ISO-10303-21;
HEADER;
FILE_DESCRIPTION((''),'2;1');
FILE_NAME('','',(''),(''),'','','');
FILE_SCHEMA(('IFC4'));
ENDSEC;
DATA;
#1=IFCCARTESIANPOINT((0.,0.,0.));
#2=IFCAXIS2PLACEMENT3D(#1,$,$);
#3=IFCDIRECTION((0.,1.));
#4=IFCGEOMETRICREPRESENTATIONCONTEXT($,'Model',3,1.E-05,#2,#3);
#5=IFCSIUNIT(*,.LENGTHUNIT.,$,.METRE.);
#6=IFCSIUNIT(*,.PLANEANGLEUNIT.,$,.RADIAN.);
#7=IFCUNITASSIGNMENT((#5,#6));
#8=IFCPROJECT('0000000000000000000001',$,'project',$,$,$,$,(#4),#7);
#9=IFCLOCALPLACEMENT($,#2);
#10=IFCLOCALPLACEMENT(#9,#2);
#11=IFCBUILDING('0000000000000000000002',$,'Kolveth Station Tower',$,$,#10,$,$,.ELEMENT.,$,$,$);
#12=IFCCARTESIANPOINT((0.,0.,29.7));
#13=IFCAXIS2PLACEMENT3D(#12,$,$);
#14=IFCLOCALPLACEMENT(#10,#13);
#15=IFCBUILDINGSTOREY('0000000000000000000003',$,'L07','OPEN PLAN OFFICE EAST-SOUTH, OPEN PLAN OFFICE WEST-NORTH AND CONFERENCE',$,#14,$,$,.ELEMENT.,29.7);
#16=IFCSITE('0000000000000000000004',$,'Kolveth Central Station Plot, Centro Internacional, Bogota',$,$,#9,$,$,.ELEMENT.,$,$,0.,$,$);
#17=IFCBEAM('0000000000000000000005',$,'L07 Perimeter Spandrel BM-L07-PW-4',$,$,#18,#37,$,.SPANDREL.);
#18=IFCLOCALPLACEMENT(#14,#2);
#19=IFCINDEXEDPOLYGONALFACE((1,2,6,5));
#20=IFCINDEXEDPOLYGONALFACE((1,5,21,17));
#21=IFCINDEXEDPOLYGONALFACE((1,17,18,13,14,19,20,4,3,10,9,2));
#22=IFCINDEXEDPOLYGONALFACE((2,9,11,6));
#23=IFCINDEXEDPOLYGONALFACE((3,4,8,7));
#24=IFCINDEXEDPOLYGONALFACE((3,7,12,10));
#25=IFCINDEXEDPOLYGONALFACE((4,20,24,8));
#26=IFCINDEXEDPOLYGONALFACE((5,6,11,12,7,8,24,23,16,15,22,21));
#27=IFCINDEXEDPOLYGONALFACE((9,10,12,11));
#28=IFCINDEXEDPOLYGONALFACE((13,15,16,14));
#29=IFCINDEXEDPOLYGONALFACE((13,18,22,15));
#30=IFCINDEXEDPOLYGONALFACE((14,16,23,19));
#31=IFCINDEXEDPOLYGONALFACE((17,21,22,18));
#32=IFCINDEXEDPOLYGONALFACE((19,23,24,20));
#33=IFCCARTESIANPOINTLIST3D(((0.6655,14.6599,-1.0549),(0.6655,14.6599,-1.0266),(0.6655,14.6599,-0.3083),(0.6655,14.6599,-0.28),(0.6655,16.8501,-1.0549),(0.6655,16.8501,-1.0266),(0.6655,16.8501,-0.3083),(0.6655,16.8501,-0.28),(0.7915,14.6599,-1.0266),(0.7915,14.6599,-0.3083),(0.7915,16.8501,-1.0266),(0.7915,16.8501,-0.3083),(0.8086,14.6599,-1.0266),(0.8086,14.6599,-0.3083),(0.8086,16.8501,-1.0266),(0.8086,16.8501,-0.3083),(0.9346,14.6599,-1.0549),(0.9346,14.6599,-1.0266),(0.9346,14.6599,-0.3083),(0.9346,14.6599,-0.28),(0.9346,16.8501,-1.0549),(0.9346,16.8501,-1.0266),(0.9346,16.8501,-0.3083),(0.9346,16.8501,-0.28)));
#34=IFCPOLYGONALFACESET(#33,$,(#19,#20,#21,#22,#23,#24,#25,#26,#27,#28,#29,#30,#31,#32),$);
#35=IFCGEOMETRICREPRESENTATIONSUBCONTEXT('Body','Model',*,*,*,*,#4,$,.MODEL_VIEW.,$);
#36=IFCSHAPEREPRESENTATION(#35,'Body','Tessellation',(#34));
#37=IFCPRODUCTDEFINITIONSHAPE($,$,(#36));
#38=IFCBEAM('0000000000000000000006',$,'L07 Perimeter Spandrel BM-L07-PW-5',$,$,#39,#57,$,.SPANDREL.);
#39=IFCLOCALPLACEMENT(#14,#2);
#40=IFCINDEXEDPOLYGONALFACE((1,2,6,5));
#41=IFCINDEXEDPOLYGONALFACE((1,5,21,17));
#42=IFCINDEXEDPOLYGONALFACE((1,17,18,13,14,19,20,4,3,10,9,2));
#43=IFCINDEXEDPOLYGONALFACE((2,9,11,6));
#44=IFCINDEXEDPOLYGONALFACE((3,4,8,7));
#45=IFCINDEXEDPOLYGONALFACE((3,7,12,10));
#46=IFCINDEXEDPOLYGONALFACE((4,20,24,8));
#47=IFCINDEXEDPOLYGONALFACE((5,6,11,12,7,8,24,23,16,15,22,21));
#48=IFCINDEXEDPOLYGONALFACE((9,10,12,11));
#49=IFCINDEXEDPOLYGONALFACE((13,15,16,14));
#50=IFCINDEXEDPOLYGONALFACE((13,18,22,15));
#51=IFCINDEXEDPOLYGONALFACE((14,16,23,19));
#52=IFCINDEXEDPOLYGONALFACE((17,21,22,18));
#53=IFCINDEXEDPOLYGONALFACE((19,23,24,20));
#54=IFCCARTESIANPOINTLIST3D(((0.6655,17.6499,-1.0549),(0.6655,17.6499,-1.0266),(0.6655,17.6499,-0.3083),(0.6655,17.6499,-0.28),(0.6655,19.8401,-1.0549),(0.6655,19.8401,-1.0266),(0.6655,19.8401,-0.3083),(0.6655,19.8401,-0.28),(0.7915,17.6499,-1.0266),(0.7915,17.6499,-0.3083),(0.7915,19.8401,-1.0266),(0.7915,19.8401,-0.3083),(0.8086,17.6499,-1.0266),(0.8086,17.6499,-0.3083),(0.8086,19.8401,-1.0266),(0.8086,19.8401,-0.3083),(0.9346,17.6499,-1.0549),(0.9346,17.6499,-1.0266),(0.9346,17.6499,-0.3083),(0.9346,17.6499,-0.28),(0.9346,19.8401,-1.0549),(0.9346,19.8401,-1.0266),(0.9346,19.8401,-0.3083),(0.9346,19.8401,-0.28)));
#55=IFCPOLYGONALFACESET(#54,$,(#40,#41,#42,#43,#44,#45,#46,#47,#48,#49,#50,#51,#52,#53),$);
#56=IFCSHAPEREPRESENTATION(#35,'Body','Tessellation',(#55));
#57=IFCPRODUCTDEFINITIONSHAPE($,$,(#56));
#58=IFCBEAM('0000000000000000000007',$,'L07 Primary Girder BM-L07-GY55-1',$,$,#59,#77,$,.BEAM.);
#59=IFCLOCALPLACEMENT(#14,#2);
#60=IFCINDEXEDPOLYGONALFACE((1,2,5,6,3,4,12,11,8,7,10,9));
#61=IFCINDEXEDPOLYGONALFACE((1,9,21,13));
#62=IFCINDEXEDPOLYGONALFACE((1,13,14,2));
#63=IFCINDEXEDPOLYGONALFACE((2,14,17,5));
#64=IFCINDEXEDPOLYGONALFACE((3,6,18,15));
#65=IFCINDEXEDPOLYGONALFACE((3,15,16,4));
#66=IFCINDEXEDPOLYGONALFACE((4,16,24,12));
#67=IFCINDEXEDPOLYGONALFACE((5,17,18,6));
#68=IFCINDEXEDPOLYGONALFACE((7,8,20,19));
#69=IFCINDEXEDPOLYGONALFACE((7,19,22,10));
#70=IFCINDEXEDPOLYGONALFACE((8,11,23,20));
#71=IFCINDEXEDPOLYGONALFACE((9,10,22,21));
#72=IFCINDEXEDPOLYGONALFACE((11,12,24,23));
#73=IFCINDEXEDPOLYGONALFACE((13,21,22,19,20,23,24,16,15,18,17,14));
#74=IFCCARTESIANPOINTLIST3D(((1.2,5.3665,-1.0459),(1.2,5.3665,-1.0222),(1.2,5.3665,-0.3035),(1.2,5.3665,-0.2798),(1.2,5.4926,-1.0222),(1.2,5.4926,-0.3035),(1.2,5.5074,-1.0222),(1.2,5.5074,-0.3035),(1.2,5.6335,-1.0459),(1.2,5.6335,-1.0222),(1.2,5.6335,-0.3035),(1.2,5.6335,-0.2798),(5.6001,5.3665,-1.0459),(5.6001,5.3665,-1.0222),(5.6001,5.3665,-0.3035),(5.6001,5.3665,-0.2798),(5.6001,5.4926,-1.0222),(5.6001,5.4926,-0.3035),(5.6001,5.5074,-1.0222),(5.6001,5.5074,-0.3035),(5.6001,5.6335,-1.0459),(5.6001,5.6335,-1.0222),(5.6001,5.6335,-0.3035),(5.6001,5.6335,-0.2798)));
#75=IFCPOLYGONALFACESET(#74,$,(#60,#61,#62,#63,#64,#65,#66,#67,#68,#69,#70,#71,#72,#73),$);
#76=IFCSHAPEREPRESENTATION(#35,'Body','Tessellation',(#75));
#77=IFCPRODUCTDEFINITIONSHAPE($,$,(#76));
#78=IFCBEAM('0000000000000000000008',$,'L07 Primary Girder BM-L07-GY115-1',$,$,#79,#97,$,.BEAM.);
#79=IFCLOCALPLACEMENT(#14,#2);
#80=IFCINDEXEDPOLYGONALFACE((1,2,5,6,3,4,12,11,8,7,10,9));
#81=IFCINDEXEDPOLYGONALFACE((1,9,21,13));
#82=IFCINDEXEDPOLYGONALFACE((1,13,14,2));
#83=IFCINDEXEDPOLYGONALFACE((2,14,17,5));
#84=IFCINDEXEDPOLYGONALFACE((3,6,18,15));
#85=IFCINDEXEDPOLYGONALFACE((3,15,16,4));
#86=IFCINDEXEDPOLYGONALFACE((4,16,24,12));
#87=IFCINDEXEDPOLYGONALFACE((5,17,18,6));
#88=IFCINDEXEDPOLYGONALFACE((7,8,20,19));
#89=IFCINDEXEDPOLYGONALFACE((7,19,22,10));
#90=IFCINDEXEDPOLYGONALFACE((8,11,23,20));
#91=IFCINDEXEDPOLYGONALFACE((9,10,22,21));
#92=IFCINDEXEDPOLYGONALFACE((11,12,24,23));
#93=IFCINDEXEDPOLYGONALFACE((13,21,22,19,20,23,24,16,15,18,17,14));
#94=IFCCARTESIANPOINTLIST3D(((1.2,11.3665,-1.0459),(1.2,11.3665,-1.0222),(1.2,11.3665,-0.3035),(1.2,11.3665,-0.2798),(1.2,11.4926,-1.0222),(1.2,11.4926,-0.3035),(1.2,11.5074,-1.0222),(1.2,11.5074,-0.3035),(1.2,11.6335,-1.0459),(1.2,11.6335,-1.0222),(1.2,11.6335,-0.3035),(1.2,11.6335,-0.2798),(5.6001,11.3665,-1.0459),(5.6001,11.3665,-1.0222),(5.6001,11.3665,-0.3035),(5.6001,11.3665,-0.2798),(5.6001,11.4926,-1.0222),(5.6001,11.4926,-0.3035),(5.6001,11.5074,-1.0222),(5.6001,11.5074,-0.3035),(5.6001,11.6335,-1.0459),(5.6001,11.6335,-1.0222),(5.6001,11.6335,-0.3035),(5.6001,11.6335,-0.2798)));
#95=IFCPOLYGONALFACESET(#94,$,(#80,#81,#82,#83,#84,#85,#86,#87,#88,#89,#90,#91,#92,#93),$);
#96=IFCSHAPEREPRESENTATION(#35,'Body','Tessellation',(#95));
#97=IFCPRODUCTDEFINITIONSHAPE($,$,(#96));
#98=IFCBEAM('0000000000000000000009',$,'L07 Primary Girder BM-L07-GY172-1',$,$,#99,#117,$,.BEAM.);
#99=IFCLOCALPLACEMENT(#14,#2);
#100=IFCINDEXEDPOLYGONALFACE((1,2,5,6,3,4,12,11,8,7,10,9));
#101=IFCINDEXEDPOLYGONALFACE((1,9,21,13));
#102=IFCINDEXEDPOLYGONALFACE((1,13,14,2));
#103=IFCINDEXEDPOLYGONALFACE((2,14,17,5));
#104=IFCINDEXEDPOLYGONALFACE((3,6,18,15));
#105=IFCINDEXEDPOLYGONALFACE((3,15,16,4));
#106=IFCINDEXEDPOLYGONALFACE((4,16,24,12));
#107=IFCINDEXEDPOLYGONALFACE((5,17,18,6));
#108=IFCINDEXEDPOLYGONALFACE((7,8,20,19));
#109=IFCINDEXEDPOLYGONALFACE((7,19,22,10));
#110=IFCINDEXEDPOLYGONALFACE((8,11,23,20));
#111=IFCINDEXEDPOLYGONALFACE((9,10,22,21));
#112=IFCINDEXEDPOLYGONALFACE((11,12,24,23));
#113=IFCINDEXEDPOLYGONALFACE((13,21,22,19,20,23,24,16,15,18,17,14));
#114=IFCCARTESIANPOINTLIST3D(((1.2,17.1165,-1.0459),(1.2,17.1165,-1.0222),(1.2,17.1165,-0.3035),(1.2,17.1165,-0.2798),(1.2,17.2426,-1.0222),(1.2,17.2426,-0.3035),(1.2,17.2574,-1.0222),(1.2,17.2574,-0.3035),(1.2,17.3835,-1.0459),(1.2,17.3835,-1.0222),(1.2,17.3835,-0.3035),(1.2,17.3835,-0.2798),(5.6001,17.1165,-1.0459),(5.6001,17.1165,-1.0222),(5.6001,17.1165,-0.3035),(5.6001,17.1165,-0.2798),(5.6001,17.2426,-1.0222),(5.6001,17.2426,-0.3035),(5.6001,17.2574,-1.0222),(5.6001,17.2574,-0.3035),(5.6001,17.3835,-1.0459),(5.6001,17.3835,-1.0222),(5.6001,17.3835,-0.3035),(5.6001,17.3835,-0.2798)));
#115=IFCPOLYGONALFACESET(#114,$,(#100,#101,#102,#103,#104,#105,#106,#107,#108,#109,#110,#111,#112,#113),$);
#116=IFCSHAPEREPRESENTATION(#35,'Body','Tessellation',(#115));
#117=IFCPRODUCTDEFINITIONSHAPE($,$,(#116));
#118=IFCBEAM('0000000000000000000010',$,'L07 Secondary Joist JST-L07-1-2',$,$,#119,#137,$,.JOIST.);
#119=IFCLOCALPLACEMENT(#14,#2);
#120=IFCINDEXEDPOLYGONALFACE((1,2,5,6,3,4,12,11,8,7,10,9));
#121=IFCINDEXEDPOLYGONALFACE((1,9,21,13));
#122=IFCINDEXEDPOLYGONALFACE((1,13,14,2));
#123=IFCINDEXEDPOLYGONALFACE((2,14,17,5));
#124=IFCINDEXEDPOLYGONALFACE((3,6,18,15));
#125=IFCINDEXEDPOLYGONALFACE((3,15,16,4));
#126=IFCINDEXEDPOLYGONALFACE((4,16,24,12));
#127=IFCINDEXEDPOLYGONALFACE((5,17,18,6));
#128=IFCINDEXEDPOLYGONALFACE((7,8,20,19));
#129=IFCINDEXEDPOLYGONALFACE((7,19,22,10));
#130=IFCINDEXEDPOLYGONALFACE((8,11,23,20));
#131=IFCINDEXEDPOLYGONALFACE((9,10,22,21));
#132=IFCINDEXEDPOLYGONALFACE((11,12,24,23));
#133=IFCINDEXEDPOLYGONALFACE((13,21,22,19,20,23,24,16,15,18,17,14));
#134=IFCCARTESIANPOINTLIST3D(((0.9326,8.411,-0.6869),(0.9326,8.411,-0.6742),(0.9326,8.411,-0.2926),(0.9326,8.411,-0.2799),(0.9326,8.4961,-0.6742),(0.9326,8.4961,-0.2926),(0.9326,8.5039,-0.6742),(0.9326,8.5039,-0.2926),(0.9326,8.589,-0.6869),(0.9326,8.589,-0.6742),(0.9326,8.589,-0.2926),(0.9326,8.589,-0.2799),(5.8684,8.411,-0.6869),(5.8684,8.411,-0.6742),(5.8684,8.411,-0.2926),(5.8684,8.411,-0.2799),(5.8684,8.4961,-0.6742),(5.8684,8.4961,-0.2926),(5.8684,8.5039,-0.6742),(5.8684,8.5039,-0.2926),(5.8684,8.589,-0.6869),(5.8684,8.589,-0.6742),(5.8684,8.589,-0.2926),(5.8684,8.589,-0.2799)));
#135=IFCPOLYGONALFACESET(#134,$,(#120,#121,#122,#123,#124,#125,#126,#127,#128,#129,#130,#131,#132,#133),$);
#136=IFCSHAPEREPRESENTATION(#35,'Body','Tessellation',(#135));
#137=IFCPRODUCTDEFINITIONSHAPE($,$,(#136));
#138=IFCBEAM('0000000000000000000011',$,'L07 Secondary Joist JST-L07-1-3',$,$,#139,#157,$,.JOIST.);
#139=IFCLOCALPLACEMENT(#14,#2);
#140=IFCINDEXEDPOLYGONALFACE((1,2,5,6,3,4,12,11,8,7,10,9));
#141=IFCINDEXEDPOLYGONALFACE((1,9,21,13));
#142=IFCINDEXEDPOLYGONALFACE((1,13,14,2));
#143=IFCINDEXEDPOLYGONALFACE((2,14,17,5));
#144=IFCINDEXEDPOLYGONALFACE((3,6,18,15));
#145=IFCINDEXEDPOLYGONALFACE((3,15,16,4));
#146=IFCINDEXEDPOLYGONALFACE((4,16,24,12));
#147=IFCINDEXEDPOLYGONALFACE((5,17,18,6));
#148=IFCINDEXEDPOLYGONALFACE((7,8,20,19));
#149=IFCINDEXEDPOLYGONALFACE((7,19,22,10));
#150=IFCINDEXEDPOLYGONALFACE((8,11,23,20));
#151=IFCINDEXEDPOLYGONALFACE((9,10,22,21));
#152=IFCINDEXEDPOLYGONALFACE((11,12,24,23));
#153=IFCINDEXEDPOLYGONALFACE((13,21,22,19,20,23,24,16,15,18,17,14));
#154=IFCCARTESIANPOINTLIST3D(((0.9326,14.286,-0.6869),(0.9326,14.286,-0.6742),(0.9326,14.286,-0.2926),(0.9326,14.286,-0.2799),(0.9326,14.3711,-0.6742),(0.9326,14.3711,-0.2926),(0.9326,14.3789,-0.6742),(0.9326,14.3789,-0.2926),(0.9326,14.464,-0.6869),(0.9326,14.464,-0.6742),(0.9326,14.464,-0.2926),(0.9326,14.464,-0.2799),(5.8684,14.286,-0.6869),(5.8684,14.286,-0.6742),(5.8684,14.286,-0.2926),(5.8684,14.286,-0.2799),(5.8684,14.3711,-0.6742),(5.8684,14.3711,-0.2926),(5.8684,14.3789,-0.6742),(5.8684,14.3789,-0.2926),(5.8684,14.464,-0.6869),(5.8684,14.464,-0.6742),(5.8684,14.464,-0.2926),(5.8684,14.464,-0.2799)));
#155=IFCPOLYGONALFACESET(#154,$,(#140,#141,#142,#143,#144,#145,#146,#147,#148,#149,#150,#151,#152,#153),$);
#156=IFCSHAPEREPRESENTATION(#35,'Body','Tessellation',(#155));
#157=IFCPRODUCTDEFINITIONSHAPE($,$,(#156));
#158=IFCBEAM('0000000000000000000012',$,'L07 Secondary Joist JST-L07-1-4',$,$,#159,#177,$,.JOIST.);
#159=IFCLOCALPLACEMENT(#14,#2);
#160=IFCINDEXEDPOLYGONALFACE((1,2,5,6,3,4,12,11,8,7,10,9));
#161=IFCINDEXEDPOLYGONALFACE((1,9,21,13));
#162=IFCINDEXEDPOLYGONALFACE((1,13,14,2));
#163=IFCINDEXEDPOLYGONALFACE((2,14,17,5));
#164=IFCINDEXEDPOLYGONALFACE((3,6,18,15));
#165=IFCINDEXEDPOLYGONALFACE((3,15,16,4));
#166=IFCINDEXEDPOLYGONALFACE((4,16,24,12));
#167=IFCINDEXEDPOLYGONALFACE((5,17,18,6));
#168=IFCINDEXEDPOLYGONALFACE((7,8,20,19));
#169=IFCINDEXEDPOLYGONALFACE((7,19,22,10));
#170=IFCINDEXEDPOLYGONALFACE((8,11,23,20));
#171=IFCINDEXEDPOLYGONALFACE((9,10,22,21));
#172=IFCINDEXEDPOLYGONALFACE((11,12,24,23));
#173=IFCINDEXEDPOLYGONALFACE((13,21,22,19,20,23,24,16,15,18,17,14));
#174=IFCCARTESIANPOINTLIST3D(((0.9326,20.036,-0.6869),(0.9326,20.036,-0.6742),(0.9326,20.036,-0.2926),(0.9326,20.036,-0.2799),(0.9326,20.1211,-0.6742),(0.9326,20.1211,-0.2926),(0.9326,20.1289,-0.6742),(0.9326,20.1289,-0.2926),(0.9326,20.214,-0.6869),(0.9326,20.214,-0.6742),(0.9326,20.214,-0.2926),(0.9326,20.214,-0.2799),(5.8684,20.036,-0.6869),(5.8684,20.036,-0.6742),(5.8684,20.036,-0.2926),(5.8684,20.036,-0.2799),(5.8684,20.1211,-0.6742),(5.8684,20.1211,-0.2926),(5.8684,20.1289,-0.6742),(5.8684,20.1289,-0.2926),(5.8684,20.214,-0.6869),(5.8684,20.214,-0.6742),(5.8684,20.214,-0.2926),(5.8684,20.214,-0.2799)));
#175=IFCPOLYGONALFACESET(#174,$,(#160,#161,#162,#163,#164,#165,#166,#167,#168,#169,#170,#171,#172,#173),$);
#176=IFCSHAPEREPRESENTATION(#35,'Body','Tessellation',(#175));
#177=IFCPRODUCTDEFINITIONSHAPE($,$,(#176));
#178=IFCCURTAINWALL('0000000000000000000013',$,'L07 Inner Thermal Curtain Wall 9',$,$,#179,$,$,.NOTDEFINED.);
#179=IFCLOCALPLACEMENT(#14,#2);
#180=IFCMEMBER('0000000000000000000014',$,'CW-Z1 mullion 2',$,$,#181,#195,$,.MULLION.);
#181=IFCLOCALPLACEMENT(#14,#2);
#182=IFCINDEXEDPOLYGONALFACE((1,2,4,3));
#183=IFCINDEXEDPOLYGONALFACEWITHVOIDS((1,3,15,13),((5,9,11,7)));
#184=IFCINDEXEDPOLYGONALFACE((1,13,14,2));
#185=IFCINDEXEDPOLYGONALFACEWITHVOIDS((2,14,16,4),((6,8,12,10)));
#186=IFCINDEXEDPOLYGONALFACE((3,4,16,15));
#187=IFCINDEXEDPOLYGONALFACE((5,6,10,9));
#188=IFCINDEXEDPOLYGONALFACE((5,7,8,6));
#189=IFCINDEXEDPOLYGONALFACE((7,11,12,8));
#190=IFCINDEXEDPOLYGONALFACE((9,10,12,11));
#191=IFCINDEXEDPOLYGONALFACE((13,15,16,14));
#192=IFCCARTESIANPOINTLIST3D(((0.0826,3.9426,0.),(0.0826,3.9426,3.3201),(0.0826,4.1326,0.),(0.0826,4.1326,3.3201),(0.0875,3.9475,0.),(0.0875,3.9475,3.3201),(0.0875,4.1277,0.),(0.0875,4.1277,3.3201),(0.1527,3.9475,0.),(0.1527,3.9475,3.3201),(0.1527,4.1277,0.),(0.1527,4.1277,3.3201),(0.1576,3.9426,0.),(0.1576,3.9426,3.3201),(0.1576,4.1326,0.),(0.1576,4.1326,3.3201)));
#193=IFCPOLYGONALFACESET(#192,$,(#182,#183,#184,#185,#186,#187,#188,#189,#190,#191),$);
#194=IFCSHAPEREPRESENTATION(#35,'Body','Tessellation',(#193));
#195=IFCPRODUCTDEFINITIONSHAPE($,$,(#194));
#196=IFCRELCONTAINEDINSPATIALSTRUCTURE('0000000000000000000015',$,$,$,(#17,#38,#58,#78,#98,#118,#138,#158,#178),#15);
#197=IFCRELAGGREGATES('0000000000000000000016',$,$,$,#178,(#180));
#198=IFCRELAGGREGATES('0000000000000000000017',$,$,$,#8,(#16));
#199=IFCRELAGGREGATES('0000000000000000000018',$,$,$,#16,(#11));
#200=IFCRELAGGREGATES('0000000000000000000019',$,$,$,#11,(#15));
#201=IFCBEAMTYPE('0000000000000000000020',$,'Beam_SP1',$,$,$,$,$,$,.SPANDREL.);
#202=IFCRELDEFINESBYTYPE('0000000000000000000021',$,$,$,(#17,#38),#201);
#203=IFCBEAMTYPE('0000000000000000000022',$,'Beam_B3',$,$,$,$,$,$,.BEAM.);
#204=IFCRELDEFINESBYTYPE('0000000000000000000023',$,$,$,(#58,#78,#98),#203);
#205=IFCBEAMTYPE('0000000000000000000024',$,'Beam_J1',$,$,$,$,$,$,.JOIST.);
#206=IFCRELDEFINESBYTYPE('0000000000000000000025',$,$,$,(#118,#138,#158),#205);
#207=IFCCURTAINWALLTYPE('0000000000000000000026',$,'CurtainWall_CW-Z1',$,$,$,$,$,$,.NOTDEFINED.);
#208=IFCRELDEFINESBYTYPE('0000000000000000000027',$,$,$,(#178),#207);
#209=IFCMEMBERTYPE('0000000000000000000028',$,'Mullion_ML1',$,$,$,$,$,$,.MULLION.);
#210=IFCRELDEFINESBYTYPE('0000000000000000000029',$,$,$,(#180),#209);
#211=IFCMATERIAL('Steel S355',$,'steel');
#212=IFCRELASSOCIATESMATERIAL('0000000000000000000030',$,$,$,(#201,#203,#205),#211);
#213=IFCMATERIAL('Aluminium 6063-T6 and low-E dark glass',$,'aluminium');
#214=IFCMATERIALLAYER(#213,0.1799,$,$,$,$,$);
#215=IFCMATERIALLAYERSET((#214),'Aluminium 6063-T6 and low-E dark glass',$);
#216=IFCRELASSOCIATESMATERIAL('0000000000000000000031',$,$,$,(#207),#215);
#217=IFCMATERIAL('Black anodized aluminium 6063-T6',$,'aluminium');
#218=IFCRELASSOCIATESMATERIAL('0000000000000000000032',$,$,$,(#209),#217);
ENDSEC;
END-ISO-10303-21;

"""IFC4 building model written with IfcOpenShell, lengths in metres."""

from ifc_helpers import new_model, si_unit, direction, frame, origin, origin_2d, place, context, subcontext, project, spatial, hollow_rectangle, i_section, extrude, source, transform, mapped, material, layer, layer_set, material_profile, profile_set, type_object, element, aggregate, save


model = new_model("IFC4")

# Units and contexts
model_context = context("Model", 3, precision=1e-05, world=origin(), true_north=direction((0.0, 1.0)))
body_context = subcontext(model_context, "Body", "Model", "MODEL_VIEW")
ifc_project = project(units=[si_unit("LENGTHUNIT", "METRE"), si_unit("PLANEANGLEUNIT", "RADIAN")], contexts=[model_context])

# Site, building, storey
site_placement = place(None, origin())
site = spatial("IfcSite", under=ifc_project, at=site_placement, Name="Kolveth Central Station Plot, Centro Internacional, Bogota", CompositionType="ELEMENT", RefElevation=0.0)
building_placement = place(site_placement, origin())
building = spatial("IfcBuilding", under=site, at=building_placement, Name="Kolveth Station Tower", CompositionType="ELEMENT")
storey_placement = place(building_placement, frame((0.0, 0.0, 29.7)))
storey = spatial("IfcBuildingStorey", under=building, at=storey_placement, Name="L07", Description="OPEN PLAN OFFICE EAST-SOUTH, OPEN PLAN OFFICE WEST-NORTH AND CONFERENCE", CompositionType="ELEMENT", Elevation=29.7)

# Shared definitions
ifc_material_1 = material(Name="Steel S355", Category="steel")

# Beams
ifc_material_profile_1 = material_profile(ifc_material_1, i_section(OverallWidth=0.269, OverallDepth=0.7749, WebThickness=0.0171, FlangeThickness=0.0283, at=origin_2d()), Name="W760x220")
ifc_profile_set_1 = profile_set([ifc_material_profile_1], Name="Steel S355")
beam_type_1 = type_object("IfcBeamType", Name="Beam_SP1", PredefinedType="SPANDREL", material=ifc_profile_set_1)
shared_shape_1 = source(origin(), body_context, "Body", "SweptSolid", [
    extrude(i_section(OverallWidth=0.269, OverallDepth=0.7749, WebThickness=0.0171, FlangeThickness=0.0283, at=origin_2d()), origin(), (0.0, 0.0, 1.0), 2.1902),
])
for number, where, z_axis, x_axis, name in (
    (1, (0.8, 14.6599, -0.6675), (0.0, 1.0, 0.0), (-1.0, 0.0, 0.0), "L07 Perimeter Spandrel BM-L07-PW-4"),
    (2, (0.8, 17.6499, -0.6675), (0.0, 1.0, 0.0), (-1.0, 0.0, 0.0), "L07 Perimeter Spandrel BM-L07-PW-5"),
):
    element("IfcBeam", number, at=place(storey_placement, frame(where, z_axis=z_axis, x_axis=x_axis)), inside=storey, type_object=beam_type_1, Name=name, PredefinedType="SPANDREL", context=body_context, shape_type="MappedRepresentation", body=[
        mapped(shared_shape_1, transform((0.0, 0.0, 0.0), x_axis=(1.0, 0.0, 0.0), y_axis=(0.0, 1.0, 0.0), z_axis=(0.0, 0.0, 1.0), scale=1.0)),
    ])
ifc_material_profile_2 = material_profile(ifc_material_1, i_section(OverallWidth=0.2671, OverallDepth=0.7661, WebThickness=0.0149, FlangeThickness=0.0237, at=origin_2d()), Name="W760x185")
ifc_profile_set_2 = profile_set([ifc_material_profile_2], Name="Steel S355")
beam_type_2 = type_object("IfcBeamType", Name="Beam_B3", PredefinedType="BEAM", material=ifc_profile_set_2)
shared_shape_2 = source(origin(), body_context, "Body", "SweptSolid", [
    extrude(i_section(OverallWidth=0.2671, OverallDepth=0.7661, WebThickness=0.0149, FlangeThickness=0.0237, at=origin_2d()), origin(), (0.0, 0.0, 1.0), 4.4001),
])
for number, where, z_axis, x_axis, name in (
    (3, (1.2, 5.5, -0.6628), (1.0, 0.0, 0.0), (0.0, 1.0, 0.0), "L07 Primary Girder BM-L07-GY55-1"),
    (4, (1.2, 11.5, -0.6628), (1.0, 0.0, 0.0), (0.0, 1.0, 0.0), "L07 Primary Girder BM-L07-GY115-1"),
    (5, (1.2, 17.25, -0.6628), (1.0, 0.0, 0.0), (0.0, 1.0, 0.0), "L07 Primary Girder BM-L07-GY172-1"),
):
    element("IfcBeam", number, at=place(storey_placement, frame(where, z_axis=z_axis, x_axis=x_axis)), inside=storey, type_object=beam_type_2, Name=name, PredefinedType="BEAM", context=body_context, shape_type="MappedRepresentation", body=[
        mapped(shared_shape_2, transform((0.0, 0.0, 0.0), x_axis=(1.0, 0.0, 0.0), y_axis=(0.0, 1.0, 0.0), z_axis=(0.0, 0.0, 1.0), scale=1.0)),
    ])
ifc_material_profile_3 = material_profile(ifc_material_1, i_section(OverallWidth=0.178, OverallDepth=0.407, WebThickness=0.0078, FlangeThickness=0.0127, at=origin_2d()), Name="W410x60")
ifc_profile_set_3 = profile_set([ifc_material_profile_3], Name="Steel S355")
beam_type_3 = type_object("IfcBeamType", Name="Beam_J1", PredefinedType="JOIST", material=ifc_profile_set_3)
shared_shape_3 = source(origin(), body_context, "Body", "SweptSolid", [
    extrude(i_section(OverallWidth=0.178, OverallDepth=0.407, WebThickness=0.0078, FlangeThickness=0.0127, at=origin_2d()), origin(), (0.0, 0.0, 1.0), 4.9358),
])
for number, where, z_axis, x_axis, name in (
    (6, (0.9326, 8.5, -0.4834), (1.0, 0.0, 0.0), (0.0, 1.0, 0.0), "L07 Secondary Joist JST-L07-1-2"),
    (7, (0.9326, 14.375, -0.4834), (1.0, 0.0, 0.0), (0.0, 1.0, 0.0), "L07 Secondary Joist JST-L07-1-3"),
    (8, (0.9326, 20.125, -0.4834), (1.0, 0.0, 0.0), (0.0, 1.0, 0.0), "L07 Secondary Joist JST-L07-1-4"),
):
    element("IfcBeam", number, at=place(storey_placement, frame(where, z_axis=z_axis, x_axis=x_axis)), inside=storey, type_object=beam_type_3, Name=name, PredefinedType="JOIST", context=body_context, shape_type="MappedRepresentation", body=[
        mapped(shared_shape_3, transform((0.0, 0.0, 0.0), x_axis=(1.0, 0.0, 0.0), y_axis=(0.0, 1.0, 0.0), z_axis=(0.0, 0.0, 1.0), scale=1.0)),
    ])

# Curtain wall, member
ifc_material_2 = material(Name="Aluminium 6063-T6 and low-E dark glass", Category="aluminium")
ifc_layer_1 = layer(ifc_material_2, 0.1799)
ifc_layer_set_1 = layer_set([ifc_layer_1], Name="Aluminium 6063-T6 and low-E dark glass")
curtain_wall_type_1 = type_object("IfcCurtainWallType", Name="CurtainWall_CW-Z1", PredefinedType="NOTDEFINED", material=ifc_layer_set_1)
curtain_wall_1_placement = place(storey_placement, origin())
curtain_wall_1 = element("IfcCurtainWall", 9, at=curtain_wall_1_placement, inside=storey, type_object=curtain_wall_type_1, Name="L07 Inner Thermal Curtain Wall 9", PredefinedType="NOTDEFINED")
ifc_material_3 = material(Name="Black anodized aluminium 6063-T6", Category="aluminium")
ifc_material_profile_4 = material_profile(ifc_material_3, hollow_rectangle(XDim=0.075, YDim=0.1899, WallThickness=0.0049, at=origin_2d()), Name="ALU-75x190x5")
ifc_profile_set_4 = profile_set([ifc_material_profile_4], Name="Black anodized aluminium 6063-T6")
member_type_1 = type_object("IfcMemberType", Name="Mullion_ML1", PredefinedType="MULLION", material=ifc_profile_set_4)
shared_shape_4 = source(origin(), body_context, "Body", "SweptSolid", [
    extrude(hollow_rectangle(XDim=0.075, YDim=0.1899, WallThickness=0.0049, at=origin_2d()), origin(), (0.0, 0.0, 1.0), 3.3201),
])
member_1_placement = place(storey_placement, frame((0.1201, 4.0376, 0.0), z_axis=(0.0, 0.0, 1.0), x_axis=(1.0, 0.0, 0.0)))
member_1 = element("IfcMember", 10, at=member_1_placement, type_object=member_type_1, Name="CW-Z1 mullion 2", PredefinedType="MULLION", context=body_context, shape_type="MappedRepresentation", body=[
    mapped(shared_shape_4, transform((0.0, 0.0, 0.0), x_axis=(1.0, 0.0, 0.0), y_axis=(0.0, 1.0, 0.0), z_axis=(0.0, 0.0, 1.0), scale=1.0)),
])
aggregate(curtain_wall_1, [member_1])

save(model, "model.ifc")
